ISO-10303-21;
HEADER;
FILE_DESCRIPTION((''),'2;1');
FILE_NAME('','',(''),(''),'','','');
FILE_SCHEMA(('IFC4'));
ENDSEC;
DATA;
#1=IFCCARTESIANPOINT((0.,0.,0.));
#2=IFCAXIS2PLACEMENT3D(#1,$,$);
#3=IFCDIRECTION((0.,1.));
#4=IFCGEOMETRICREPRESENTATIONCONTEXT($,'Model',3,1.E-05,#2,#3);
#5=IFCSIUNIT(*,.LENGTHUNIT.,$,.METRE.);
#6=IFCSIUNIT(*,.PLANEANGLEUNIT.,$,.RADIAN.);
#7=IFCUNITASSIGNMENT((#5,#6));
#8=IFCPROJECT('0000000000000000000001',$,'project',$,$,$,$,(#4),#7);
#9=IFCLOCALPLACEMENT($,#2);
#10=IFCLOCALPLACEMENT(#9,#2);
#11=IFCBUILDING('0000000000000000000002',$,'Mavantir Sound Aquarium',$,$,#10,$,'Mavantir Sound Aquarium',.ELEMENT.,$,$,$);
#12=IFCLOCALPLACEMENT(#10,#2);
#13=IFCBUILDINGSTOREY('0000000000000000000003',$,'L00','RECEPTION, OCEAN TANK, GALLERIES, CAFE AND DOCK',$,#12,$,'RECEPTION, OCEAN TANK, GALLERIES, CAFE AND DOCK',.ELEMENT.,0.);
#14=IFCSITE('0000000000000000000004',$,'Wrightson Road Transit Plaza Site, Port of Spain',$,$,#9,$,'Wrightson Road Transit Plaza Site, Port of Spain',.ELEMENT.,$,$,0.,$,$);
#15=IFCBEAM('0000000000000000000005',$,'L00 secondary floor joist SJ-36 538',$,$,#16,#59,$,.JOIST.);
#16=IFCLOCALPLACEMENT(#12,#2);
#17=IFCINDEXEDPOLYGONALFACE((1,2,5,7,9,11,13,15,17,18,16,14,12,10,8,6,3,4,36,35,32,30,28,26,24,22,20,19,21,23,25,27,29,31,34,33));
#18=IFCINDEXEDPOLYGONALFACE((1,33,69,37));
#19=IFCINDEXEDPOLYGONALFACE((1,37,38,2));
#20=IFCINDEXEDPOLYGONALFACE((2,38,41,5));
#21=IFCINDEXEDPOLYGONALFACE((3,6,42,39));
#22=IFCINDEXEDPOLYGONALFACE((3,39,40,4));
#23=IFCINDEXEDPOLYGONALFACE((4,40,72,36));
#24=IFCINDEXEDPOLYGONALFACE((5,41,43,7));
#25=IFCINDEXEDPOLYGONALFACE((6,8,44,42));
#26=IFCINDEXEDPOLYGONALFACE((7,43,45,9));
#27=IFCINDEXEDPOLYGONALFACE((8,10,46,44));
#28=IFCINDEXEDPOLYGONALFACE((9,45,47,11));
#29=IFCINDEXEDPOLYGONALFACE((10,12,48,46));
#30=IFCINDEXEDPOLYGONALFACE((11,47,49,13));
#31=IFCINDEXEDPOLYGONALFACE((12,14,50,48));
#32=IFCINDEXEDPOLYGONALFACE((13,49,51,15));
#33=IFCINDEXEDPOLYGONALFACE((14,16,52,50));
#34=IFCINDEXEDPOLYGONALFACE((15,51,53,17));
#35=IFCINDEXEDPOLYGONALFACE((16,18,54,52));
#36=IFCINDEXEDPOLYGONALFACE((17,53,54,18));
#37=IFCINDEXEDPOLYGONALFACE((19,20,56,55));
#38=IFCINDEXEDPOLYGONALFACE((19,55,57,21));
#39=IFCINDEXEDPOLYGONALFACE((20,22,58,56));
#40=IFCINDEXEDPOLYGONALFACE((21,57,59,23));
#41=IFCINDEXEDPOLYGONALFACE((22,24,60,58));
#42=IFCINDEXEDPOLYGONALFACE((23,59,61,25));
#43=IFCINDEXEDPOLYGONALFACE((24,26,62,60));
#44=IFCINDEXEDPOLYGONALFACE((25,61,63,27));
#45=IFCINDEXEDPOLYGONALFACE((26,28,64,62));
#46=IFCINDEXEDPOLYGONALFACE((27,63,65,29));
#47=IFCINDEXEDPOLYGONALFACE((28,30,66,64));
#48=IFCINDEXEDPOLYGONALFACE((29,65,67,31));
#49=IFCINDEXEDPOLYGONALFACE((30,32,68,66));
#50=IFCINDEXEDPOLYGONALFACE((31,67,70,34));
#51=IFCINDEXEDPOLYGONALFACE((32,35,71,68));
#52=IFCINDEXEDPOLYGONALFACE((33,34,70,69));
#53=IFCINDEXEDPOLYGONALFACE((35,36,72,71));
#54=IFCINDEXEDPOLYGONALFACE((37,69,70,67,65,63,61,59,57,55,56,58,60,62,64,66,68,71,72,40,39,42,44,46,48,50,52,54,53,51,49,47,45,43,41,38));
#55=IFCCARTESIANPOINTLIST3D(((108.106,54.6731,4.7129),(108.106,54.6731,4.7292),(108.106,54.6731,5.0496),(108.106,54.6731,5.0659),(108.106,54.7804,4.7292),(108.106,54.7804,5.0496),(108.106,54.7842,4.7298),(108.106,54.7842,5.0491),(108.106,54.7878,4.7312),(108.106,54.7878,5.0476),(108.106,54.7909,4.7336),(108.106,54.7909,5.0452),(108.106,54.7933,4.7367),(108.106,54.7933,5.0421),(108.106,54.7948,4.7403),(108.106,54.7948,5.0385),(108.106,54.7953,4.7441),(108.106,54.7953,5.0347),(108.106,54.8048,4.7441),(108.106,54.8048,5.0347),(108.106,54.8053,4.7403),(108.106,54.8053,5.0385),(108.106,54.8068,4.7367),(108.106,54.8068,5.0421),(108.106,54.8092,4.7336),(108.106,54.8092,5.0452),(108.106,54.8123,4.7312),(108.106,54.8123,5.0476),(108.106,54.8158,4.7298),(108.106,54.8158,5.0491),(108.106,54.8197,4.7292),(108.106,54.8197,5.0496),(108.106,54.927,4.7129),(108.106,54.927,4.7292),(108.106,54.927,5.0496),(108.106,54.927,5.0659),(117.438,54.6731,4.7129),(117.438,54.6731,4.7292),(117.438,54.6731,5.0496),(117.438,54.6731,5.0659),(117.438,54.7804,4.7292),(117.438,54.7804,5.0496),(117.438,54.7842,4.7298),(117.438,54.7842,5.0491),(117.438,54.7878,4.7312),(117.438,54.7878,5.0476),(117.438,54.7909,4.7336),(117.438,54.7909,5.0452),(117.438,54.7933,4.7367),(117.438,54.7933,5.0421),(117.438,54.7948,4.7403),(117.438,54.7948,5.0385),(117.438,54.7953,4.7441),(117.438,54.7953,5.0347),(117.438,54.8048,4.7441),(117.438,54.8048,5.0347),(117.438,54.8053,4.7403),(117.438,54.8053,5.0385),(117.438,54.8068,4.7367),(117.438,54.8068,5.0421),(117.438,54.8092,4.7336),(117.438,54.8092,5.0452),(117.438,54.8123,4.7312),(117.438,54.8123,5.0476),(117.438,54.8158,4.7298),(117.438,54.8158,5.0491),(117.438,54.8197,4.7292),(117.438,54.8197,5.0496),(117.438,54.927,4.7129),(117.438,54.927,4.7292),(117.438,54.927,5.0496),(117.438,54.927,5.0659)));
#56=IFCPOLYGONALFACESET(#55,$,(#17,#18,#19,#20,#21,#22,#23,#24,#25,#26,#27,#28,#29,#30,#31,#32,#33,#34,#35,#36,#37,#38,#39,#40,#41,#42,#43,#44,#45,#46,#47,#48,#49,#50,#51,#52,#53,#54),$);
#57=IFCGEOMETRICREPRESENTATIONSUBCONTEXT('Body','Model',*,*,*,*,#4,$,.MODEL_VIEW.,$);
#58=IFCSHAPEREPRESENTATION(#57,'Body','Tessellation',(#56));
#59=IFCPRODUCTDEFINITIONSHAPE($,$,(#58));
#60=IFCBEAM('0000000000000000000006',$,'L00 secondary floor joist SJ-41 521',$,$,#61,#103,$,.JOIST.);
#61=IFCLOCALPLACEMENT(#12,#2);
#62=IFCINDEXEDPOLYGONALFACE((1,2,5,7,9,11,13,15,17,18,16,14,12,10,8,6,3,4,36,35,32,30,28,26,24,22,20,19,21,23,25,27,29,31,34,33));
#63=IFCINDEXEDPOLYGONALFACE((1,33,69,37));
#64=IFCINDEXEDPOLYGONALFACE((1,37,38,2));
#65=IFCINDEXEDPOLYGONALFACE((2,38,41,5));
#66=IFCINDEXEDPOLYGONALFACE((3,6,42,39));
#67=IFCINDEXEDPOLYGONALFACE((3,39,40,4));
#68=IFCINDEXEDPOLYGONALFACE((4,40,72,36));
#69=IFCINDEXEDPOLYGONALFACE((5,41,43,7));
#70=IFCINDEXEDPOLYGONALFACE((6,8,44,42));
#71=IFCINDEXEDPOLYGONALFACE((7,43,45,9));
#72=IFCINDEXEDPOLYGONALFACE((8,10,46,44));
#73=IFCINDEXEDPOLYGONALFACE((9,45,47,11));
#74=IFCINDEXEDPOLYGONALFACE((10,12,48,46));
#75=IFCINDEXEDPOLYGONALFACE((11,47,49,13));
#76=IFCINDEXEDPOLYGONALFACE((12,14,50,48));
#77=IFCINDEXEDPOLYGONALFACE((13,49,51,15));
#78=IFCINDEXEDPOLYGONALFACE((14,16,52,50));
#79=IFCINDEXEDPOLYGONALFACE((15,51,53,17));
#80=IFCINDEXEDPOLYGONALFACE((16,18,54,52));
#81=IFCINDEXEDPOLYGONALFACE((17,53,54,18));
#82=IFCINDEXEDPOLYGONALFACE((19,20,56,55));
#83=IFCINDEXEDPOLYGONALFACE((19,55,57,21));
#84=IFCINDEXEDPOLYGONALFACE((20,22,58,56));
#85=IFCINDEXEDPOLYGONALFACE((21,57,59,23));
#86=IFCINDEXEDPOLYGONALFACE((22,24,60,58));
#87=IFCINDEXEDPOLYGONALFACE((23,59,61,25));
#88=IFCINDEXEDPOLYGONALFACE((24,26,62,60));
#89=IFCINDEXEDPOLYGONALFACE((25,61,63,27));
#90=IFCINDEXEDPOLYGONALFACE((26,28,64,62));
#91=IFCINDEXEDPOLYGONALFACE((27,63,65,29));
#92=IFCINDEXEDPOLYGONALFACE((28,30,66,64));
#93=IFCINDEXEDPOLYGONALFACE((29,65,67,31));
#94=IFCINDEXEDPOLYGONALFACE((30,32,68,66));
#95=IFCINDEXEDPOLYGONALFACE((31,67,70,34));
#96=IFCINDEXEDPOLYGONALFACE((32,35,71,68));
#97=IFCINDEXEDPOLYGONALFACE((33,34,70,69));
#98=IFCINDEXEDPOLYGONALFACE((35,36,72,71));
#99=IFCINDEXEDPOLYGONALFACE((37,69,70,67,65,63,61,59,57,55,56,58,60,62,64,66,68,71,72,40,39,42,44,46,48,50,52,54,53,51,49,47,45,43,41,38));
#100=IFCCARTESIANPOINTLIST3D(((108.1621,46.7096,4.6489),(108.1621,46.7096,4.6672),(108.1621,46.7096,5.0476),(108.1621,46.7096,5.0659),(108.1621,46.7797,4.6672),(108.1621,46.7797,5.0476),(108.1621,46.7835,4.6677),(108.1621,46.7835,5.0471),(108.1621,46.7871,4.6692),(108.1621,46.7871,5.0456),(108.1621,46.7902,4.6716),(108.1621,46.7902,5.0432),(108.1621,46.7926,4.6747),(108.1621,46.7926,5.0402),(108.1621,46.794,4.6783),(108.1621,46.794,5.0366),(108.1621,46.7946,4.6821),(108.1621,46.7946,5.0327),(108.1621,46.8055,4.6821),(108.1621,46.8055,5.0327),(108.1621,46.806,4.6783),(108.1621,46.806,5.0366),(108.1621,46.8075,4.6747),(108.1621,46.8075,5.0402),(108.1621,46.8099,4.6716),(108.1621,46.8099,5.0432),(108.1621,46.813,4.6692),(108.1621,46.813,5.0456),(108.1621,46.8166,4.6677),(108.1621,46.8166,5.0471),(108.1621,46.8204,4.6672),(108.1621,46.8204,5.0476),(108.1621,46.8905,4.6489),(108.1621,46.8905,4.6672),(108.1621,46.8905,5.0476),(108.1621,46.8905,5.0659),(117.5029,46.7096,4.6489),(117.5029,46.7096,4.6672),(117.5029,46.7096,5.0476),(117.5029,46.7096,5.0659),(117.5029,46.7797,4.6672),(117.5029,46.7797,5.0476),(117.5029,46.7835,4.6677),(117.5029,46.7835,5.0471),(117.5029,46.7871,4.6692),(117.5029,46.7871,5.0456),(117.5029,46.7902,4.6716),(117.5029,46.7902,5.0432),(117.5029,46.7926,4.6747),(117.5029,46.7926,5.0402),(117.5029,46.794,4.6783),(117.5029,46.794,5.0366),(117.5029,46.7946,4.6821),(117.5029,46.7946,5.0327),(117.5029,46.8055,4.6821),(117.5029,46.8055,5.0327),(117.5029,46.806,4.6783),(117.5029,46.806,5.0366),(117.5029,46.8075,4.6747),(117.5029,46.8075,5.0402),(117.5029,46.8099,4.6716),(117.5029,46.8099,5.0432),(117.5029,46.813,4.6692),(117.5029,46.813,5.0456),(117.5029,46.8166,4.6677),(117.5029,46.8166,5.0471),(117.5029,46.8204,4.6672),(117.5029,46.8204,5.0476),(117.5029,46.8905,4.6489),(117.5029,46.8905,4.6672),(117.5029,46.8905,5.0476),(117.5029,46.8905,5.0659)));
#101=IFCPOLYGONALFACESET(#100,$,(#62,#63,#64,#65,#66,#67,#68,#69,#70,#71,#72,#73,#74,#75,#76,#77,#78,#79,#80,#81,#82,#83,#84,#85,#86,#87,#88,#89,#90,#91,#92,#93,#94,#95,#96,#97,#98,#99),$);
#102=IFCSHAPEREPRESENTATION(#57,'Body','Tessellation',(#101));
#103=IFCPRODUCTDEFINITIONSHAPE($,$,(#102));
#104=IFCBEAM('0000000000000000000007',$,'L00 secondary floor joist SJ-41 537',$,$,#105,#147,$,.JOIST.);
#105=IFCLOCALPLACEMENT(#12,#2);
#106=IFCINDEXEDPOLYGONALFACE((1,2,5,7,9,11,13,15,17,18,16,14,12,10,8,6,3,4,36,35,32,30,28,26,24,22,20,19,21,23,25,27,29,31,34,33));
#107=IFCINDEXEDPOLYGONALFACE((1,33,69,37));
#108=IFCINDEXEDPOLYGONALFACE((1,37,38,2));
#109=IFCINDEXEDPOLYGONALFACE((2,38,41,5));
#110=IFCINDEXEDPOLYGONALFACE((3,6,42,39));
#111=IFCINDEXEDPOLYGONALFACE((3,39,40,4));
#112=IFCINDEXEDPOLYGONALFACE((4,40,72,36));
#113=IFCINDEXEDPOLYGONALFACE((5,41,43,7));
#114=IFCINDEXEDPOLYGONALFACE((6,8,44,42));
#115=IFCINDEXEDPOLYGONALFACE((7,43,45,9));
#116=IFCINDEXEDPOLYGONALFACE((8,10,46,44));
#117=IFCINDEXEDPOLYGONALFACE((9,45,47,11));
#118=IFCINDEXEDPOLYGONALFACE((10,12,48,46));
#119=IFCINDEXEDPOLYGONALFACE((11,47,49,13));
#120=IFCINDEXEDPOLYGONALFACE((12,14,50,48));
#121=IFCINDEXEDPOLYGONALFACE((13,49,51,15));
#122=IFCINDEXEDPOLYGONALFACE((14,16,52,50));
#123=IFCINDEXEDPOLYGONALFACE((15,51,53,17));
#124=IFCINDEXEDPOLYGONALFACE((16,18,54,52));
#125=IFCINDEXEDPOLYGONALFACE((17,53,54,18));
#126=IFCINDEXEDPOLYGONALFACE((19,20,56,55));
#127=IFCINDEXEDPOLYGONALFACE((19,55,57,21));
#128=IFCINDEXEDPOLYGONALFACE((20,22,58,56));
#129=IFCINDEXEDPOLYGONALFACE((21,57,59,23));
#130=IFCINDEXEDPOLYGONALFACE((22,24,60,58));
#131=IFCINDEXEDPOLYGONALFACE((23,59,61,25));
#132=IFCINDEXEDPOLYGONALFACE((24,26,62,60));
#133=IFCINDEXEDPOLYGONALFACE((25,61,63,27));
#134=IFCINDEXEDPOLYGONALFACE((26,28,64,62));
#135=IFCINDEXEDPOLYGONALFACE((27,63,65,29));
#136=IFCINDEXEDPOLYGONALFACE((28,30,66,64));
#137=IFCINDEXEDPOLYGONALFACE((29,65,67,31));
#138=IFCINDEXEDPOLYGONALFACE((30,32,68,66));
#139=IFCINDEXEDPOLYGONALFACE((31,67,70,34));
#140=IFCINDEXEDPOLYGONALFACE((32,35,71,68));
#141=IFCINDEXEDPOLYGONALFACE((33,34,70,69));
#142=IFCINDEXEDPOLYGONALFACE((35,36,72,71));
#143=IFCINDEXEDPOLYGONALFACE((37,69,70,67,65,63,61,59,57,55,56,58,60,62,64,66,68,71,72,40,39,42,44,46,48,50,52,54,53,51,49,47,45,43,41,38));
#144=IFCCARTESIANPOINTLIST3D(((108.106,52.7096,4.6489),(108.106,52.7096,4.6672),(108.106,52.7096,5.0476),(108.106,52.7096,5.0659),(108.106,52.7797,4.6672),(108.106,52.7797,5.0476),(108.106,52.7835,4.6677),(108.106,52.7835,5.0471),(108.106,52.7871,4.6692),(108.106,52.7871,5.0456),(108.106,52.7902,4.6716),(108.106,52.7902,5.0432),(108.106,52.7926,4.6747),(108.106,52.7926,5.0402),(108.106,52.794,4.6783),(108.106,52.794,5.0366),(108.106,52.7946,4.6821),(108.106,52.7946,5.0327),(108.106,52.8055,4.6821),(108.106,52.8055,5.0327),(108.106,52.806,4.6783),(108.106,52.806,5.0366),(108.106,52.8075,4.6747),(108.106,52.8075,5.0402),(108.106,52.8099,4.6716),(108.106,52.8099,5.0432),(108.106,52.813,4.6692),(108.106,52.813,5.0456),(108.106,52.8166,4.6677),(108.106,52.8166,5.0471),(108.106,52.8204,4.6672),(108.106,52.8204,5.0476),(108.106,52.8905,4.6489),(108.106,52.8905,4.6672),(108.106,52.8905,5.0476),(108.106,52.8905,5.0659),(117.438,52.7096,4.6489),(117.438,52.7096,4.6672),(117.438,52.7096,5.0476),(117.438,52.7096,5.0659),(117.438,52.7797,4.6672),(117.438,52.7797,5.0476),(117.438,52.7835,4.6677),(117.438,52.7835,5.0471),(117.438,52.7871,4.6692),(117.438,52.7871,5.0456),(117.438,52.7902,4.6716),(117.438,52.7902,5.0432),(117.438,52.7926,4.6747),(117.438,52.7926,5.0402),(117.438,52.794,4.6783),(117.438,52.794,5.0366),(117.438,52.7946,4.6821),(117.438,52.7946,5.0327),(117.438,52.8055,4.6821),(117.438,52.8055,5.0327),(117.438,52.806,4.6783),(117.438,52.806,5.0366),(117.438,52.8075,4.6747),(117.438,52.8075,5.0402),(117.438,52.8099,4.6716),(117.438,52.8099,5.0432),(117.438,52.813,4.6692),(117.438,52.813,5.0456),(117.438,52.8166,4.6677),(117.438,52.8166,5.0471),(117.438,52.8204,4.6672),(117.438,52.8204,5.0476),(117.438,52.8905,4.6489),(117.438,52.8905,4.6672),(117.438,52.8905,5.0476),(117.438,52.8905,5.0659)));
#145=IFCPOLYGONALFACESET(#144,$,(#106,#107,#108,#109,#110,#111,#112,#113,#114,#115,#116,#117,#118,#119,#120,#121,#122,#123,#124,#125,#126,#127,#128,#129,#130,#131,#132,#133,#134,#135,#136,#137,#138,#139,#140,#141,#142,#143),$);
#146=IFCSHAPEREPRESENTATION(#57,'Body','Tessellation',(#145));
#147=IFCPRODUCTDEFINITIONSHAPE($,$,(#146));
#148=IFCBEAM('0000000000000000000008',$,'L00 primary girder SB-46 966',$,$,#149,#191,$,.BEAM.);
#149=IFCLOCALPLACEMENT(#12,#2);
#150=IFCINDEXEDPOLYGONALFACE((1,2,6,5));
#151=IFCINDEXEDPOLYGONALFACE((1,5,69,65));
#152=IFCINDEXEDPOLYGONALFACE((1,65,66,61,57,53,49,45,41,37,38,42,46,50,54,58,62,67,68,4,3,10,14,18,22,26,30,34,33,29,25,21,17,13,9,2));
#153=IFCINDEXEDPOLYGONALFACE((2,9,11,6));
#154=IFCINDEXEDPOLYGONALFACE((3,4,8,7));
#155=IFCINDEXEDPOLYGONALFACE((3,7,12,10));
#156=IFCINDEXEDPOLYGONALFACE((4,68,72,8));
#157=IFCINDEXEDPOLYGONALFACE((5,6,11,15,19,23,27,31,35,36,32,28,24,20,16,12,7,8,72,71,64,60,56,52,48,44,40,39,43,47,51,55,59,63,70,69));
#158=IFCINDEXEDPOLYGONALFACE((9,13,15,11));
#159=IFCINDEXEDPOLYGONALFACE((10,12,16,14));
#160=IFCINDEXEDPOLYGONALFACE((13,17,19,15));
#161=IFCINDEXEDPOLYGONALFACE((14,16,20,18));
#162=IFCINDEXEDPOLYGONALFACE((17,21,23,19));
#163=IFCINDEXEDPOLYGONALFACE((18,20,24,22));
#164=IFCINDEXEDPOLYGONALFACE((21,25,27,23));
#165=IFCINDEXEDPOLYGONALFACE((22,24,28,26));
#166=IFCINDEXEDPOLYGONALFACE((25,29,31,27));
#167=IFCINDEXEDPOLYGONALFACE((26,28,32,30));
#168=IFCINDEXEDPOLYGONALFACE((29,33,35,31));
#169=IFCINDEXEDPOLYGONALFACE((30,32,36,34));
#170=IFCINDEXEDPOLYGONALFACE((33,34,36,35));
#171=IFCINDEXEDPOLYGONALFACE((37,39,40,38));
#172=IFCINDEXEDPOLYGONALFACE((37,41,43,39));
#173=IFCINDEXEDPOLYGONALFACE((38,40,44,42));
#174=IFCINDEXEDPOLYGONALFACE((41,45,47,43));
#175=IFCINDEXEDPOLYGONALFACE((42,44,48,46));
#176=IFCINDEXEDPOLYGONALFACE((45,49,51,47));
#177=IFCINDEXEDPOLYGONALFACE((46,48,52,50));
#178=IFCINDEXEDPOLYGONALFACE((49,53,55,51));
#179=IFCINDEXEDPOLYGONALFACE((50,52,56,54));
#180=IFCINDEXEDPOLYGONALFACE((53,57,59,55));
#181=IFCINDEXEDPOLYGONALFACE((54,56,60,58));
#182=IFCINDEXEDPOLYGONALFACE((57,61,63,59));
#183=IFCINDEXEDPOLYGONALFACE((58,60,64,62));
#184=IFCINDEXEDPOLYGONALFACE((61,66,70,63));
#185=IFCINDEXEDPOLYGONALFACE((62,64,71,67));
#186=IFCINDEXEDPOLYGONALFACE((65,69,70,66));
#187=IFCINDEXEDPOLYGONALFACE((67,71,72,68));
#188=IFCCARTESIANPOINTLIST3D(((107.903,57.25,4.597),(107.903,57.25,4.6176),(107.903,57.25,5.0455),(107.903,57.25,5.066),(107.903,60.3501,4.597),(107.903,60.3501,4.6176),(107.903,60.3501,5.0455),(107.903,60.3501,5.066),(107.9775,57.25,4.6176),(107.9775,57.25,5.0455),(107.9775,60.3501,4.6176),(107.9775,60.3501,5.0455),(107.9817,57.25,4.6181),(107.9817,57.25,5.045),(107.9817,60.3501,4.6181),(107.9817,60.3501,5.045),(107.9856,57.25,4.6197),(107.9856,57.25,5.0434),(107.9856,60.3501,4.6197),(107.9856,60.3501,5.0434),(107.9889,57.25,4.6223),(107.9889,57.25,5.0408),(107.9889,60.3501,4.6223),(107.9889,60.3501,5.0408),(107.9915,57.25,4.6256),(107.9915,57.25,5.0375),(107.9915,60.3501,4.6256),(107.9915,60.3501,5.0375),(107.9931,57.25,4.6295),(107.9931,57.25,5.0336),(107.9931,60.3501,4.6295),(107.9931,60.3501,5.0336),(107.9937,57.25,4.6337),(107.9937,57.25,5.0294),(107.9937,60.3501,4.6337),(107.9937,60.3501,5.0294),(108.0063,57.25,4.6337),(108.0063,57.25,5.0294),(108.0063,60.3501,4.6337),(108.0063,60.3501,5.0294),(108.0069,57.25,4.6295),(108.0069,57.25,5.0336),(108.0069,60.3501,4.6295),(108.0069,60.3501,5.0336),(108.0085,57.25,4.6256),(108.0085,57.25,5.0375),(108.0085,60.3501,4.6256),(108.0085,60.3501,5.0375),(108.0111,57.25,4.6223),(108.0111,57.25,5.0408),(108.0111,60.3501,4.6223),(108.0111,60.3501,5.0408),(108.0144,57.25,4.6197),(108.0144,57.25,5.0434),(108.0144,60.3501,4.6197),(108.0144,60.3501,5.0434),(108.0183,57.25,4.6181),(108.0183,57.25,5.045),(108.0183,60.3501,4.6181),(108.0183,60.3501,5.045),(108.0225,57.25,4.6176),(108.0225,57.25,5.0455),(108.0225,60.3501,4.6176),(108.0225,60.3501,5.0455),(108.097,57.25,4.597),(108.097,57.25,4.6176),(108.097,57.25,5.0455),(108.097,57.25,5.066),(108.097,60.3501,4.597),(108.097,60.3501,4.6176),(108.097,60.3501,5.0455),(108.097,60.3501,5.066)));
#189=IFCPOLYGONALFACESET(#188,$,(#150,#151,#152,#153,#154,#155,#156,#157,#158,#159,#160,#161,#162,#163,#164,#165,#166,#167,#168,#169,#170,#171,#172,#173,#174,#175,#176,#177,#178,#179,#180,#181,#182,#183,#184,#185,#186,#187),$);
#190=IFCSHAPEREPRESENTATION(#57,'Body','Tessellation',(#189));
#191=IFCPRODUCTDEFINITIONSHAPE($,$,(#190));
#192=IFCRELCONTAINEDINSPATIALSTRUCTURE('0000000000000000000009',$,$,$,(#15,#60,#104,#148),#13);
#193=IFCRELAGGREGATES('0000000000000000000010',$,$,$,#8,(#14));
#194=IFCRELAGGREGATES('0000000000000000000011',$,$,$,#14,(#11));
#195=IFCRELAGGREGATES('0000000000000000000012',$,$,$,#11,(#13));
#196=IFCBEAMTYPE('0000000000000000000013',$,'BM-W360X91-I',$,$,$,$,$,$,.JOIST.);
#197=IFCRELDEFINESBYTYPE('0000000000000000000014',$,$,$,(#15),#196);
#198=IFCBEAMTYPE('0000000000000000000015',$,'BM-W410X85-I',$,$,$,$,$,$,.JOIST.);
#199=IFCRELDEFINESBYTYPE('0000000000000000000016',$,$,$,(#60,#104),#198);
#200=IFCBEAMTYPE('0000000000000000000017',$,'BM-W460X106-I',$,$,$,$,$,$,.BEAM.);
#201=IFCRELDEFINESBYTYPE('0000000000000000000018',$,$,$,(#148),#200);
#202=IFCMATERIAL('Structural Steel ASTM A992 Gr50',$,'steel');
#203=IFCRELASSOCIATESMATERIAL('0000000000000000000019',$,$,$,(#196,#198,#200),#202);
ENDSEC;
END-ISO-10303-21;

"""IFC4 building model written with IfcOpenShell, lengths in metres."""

from ifc_helpers import new_model, si_unit, direction, frame, origin, origin_2d, place, context, subcontext, project, spatial, i_section, extrude, material, material_profile, profile_set, type_object, element, save


model = new_model("IFC4")

# Units and contexts
model_context = context("Model", 3, precision=1e-05, world=origin(), true_north=direction((0.0, 1.0)))
body_context = subcontext(model_context, "Body", "Model", "MODEL_VIEW")
ifc_project = project(units=[si_unit("LENGTHUNIT", "METRE"), si_unit("PLANEANGLEUNIT", "RADIAN")], contexts=[model_context])

# Site, building, storey
site_placement = place(None, origin())
site = spatial("IfcSite", under=ifc_project, at=site_placement, Name="Wrightson Road Transit Plaza Site, Port of Spain", LongName="Wrightson Road Transit Plaza Site, Port of Spain", CompositionType="ELEMENT", RefElevation=0.0)
building_placement = place(site_placement, origin())
building = spatial("IfcBuilding", under=site, at=building_placement, Name="Mavantir Sound Aquarium", LongName="Mavantir Sound Aquarium", CompositionType="ELEMENT")
storey_placement = place(building_placement, origin())
storey = spatial("IfcBuildingStorey", under=building, at=storey_placement, Name="L00", Description="RECEPTION, OCEAN TANK, GALLERIES, CAFE AND DOCK", LongName="RECEPTION, OCEAN TANK, GALLERIES, CAFE AND DOCK", CompositionType="ELEMENT", Elevation=0.0)

# Beams
ifc_material_1 = material(Name="Structural Steel ASTM A992 Gr50", Category="steel")
ifc_material_profile_1 = material_profile(ifc_material_1, i_section(OverallWidth=0.2539, OverallDepth=0.353, WebThickness=0.0095, FlangeThickness=0.0164, FilletRadius=0.0149, at=origin_2d()), Name="W360X91")
ifc_profile_set_1 = profile_set([ifc_material_profile_1], Name="Structural Steel ASTM A992 Gr50")
beam_type_1 = type_object("IfcBeamType", Name="BM-W360X91-I", PredefinedType="JOIST", material=ifc_profile_set_1)
beam_1_placement = place(storey_placement, frame((108.106, 54.8, 4.8894), z_axis=(1.0, 0.0, 0.0), x_axis=(0.0, 1.0, 0.0)))
element("IfcBeam", 1, at=beam_1_placement, inside=storey, type_object=beam_type_1, Name="L00 secondary floor joist SJ-36 538", PredefinedType="JOIST", context=body_context, shape_type="SweptSolid", body=[
    extrude(i_section(OverallWidth=0.2539, OverallDepth=0.353, WebThickness=0.0095, FlangeThickness=0.0164, FilletRadius=0.0149, at=origin_2d()), origin(), (0.0, 0.0, 1.0), 9.332),
])
ifc_material_profile_2 = material_profile(ifc_material_1, i_section(OverallWidth=0.1809, OverallDepth=0.417, WebThickness=0.011, FlangeThickness=0.0183, FilletRadius=0.0149, at=origin_2d()), Name="W410X85")
ifc_profile_set_2 = profile_set([ifc_material_profile_2], Name="Structural Steel ASTM A992 Gr50")
beam_type_2 = type_object("IfcBeamType", Name="BM-W410X85-I", PredefinedType="JOIST", material=ifc_profile_set_2)
beam_2_placement = place(storey_placement, frame((108.1621, 46.8, 4.8574), z_axis=(1.0, 0.0, 0.0), x_axis=(0.0, 1.0, 0.0)))
element("IfcBeam", 2, at=beam_2_placement, inside=storey, type_object=beam_type_2, Name="L00 secondary floor joist SJ-41 521", PredefinedType="JOIST", context=body_context, shape_type="SweptSolid", body=[
    extrude(i_section(OverallWidth=0.1809, OverallDepth=0.417, WebThickness=0.011, FlangeThickness=0.0183, FilletRadius=0.0149, at=origin_2d()), origin(), (0.0, 0.0, 1.0), 9.3408),
])
beam_3_placement = place(storey_placement, frame((108.106, 52.8, 4.8574), z_axis=(1.0, 0.0, 0.0), x_axis=(0.0, 1.0, 0.0)))
element("IfcBeam", 3, at=beam_3_placement, inside=storey, type_object=beam_type_2, Name="L00 secondary floor joist SJ-41 537", PredefinedType="JOIST", context=body_context, shape_type="SweptSolid", body=[
    extrude(i_section(OverallWidth=0.1809, OverallDepth=0.417, WebThickness=0.011, FlangeThickness=0.0183, FilletRadius=0.0149, at=origin_2d()), origin(), (0.0, 0.0, 1.0), 9.332),
])
ifc_material_profile_3 = material_profile(ifc_material_1, i_section(OverallWidth=0.1941, OverallDepth=0.469, WebThickness=0.0127, FlangeThickness=0.0205, FilletRadius=0.0161, at=origin_2d()), Name="W460X106")
ifc_profile_set_3 = profile_set([ifc_material_profile_3], Name="Structural Steel ASTM A992 Gr50")
beam_type_3 = type_object("IfcBeamType", Name="BM-W460X106-I", PredefinedType="BEAM", material=ifc_profile_set_3)
beam_4_placement = place(storey_placement, frame((108.0, 57.25, 4.8315), z_axis=(0.0, 1.0, 0.0), x_axis=(-1.0, 0.0, 0.0)))
element("IfcBeam", 4, at=beam_4_placement, inside=storey, type_object=beam_type_3, Name="L00 primary girder SB-46 966", PredefinedType="BEAM", context=body_context, shape_type="SweptSolid", body=[
    extrude(i_section(OverallWidth=0.1941, OverallDepth=0.469, WebThickness=0.0127, FlangeThickness=0.0205, FilletRadius=0.0161, at=origin_2d()), origin(), (0.0, 0.0, 1.0), 3.1001),
])

save(model, "model.ifc")
